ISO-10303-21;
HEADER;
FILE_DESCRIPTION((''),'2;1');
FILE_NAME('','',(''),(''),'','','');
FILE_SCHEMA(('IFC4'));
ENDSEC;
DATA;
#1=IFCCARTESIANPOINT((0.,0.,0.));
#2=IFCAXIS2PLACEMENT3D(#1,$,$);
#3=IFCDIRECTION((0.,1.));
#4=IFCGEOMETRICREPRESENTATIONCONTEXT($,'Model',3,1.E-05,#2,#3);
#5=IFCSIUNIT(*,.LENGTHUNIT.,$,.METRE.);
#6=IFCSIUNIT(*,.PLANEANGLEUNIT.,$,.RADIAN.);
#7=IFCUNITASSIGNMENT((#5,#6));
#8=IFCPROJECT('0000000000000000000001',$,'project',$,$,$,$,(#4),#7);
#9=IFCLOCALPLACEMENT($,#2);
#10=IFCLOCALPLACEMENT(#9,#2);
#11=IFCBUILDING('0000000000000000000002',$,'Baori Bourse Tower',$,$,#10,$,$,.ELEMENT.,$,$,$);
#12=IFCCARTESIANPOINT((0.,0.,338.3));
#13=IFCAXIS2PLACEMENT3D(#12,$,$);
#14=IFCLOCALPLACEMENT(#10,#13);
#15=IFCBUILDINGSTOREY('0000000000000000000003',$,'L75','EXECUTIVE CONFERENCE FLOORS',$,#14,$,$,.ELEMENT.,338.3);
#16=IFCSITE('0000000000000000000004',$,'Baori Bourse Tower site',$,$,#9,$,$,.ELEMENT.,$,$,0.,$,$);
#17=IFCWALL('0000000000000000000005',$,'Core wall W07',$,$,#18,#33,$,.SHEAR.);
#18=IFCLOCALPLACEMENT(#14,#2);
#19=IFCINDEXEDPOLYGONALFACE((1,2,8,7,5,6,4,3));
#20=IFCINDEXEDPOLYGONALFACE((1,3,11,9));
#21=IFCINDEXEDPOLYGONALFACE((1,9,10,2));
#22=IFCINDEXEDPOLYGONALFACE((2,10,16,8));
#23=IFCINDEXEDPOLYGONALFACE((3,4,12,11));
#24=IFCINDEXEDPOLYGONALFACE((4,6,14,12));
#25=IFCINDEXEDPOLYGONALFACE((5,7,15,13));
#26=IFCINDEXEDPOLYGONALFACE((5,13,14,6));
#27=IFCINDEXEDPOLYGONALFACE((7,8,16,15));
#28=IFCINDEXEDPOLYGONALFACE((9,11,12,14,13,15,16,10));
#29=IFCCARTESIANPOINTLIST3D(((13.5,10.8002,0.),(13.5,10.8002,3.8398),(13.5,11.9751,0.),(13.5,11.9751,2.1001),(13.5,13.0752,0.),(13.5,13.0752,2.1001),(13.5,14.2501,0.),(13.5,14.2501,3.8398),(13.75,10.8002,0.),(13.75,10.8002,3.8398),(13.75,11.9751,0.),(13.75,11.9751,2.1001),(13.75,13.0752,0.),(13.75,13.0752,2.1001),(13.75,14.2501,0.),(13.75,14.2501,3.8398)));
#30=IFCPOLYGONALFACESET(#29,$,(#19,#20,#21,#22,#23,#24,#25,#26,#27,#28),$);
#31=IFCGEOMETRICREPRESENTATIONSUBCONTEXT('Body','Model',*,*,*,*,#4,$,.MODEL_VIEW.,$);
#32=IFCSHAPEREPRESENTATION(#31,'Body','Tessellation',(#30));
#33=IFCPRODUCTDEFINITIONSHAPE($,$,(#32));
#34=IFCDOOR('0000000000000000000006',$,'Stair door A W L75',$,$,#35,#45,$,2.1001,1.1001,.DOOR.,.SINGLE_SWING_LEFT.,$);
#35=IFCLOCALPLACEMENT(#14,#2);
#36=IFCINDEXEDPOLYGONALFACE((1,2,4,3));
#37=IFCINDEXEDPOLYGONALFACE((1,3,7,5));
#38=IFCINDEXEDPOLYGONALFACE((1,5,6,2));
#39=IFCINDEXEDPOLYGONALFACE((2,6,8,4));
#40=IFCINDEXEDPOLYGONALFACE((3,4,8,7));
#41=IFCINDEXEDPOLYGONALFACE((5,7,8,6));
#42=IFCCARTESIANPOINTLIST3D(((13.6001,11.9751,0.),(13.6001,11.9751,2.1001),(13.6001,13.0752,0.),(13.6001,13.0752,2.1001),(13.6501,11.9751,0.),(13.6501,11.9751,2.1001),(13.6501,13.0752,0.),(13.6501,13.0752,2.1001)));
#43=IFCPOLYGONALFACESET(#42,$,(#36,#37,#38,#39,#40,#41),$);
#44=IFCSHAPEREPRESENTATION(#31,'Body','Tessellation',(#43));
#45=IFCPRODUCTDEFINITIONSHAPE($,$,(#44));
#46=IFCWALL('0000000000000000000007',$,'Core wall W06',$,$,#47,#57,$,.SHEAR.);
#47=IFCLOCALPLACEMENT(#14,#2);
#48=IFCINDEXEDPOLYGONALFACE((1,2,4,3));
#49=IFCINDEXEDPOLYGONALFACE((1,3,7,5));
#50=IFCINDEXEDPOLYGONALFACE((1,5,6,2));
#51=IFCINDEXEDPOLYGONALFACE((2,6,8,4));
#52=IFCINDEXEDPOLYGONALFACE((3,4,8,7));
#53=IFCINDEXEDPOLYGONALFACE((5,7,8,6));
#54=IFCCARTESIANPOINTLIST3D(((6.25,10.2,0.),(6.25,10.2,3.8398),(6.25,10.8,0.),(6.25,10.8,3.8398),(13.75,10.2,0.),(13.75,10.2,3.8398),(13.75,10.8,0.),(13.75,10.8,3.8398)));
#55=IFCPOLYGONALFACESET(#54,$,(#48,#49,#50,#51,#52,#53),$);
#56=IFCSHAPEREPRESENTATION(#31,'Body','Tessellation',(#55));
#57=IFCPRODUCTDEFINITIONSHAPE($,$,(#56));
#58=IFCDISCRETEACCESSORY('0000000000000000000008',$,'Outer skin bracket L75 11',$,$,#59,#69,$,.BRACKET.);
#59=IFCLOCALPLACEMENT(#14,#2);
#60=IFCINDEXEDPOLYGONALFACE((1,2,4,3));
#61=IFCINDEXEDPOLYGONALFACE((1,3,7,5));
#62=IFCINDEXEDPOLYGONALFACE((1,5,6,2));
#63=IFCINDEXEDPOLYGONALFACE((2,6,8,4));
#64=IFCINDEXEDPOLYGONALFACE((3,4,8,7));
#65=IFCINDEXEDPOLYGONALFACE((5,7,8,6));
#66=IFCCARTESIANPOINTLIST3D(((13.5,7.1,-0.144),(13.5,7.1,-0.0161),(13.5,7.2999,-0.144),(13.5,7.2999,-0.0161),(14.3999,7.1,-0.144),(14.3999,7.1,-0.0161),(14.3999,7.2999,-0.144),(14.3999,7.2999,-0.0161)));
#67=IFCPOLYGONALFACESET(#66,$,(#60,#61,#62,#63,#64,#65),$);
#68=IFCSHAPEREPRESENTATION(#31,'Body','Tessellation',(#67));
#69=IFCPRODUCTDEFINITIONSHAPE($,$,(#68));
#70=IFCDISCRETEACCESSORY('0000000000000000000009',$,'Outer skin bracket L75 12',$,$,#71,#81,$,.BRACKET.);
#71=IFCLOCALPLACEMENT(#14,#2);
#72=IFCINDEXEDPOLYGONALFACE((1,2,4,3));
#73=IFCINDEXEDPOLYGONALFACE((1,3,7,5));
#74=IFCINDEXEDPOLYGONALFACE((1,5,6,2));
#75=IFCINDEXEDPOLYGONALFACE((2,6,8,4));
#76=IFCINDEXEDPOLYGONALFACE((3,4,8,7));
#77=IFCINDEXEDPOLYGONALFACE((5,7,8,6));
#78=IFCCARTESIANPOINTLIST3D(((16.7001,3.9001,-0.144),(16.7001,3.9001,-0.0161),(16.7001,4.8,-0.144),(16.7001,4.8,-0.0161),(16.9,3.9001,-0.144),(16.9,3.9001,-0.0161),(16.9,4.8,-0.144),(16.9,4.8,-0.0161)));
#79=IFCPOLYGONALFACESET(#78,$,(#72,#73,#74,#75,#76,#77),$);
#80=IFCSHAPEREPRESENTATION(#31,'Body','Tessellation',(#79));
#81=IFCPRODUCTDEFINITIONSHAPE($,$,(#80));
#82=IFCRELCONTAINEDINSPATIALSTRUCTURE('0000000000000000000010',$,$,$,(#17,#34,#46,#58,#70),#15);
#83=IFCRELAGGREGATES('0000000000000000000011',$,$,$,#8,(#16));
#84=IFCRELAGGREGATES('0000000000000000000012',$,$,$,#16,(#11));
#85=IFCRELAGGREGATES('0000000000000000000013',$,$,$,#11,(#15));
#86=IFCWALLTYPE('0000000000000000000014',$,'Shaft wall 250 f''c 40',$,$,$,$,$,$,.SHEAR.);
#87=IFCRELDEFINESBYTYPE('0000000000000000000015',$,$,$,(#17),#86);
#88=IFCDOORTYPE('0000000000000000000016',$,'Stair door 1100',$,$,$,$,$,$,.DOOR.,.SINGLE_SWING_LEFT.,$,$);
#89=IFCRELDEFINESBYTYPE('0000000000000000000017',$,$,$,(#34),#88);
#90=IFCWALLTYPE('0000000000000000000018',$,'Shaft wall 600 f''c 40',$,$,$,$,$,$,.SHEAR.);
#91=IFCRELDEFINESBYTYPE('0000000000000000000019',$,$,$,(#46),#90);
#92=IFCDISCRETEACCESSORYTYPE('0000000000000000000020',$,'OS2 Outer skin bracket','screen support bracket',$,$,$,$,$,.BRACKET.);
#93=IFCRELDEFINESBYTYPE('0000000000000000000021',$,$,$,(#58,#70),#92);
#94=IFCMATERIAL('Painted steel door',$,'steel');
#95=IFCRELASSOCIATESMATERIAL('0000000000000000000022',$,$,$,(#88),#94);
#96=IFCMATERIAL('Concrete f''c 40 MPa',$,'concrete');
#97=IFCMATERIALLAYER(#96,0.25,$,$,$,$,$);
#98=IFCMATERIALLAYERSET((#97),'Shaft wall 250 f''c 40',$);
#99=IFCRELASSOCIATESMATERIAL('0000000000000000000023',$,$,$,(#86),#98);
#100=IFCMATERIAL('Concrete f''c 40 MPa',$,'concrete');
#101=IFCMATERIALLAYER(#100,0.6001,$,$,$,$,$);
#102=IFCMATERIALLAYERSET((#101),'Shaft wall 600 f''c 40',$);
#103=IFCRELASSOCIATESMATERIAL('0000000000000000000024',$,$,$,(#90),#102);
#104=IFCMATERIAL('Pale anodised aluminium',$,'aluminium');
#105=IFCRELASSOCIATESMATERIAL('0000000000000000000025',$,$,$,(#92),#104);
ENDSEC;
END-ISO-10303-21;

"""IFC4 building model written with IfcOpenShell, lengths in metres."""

from ifc_helpers import new_model, si_unit, direction, frame, frame_2d, origin, origin_2d, place, context, subcontext, project, spatial, rectangle, extrude, material, layer, layer_set, type_object, element, fill, save


model = new_model("IFC4")

# Units and contexts
model_context = context("Model", 3, precision=1e-05, world=origin(), true_north=direction((0.0, 1.0)))
body_context = subcontext(model_context, "Body", "Model", "MODEL_VIEW")
ifc_project = project(units=[si_unit("LENGTHUNIT", "METRE"), si_unit("PLANEANGLEUNIT", "RADIAN")], contexts=[model_context])

# Site, building, storey
site_placement = place(None, origin())
site = spatial("IfcSite", under=ifc_project, at=site_placement, Name="Baori Bourse Tower site", CompositionType="ELEMENT", RefElevation=0.0)
building_placement = place(site_placement, origin())
building = spatial("IfcBuilding", under=site, at=building_placement, Name="Baori Bourse Tower", CompositionType="ELEMENT")
storey_placement = place(building_placement, frame((0.0, 0.0, 338.3)))
storey = spatial("IfcBuildingStorey", under=building, at=storey_placement, Name="L75", Description="EXECUTIVE CONFERENCE FLOORS", CompositionType="ELEMENT", Elevation=338.3)

# Wall, opening, door
ifc_material_1 = material(Name="Painted steel door", Category="steel")
door_type_1 = type_object("IfcDoorType", Name="Stair door 1100", OperationType="SINGLE_SWING_LEFT", PredefinedType="DOOR", material=ifc_material_1)
ifc_material_2 = material(Name="Concrete f'c 40 MPa", Category="concrete")
ifc_layer_1 = layer(ifc_material_2, 0.25)
ifc_layer_set_1 = layer_set([ifc_layer_1], Name="Shaft wall 250 f'c 40")
wall_type_1 = type_object("IfcWallType", Name="Shaft wall 250 f'c 40", PredefinedType="SHEAR", material=ifc_layer_set_1)
wall_1_placement = place(storey_placement, frame((13.625, 10.8, 0.0), z_axis=(0.0, 0.0, 1.0), x_axis=(0.0, 1.0, 0.0)))
wall_1 = element("IfcWall", 1, at=wall_1_placement, inside=storey, type_object=wall_type_1, Name="Core wall W07", PredefinedType="SHEAR", context=body_context, shape_type="SweptSolid", body=[
    extrude(rectangle(XDim=3.45, YDim=0.25, at=frame_2d((1.7251, 0.0))), origin(), (0.0, 0.0, 1.0), 3.8398),
])
opening_1_placement = place(wall_1_placement, frame((1.175, 0.0, 0.0)))
opening_1 = element("IfcOpeningElement", 2, at=opening_1_placement, cuts=wall_1, PredefinedType="OPENING", context=body_context, shape_type="SweptSolid", body=[
    extrude(rectangle(XDim=1.1001, YDim=2.1001, at=frame_2d((0.55, 1.05))), frame((0.0, 0.135, 0.0), z_axis=(0.0, -1.0, 0.0), x_axis=(1.0, 0.0, 0.0)), (0.0, 0.0, 1.0), 0.27),
])
door_1_placement = place(opening_1_placement, origin())
door_1 = element("IfcDoor", 3, at=door_1_placement, inside=storey, type_object=door_type_1, Name="Stair door A W L75", OperationType="SINGLE_SWING_LEFT", OverallHeight=2.1001, OverallWidth=1.1001, PredefinedType="DOOR", context=body_context, shape_type="SweptSolid", body=[
    extrude(rectangle(XDim=1.1001, YDim=2.1001, at=frame_2d((0.55, 1.05))), frame((0.0, 0.0249, 0.0), z_axis=(0.0, -1.0, 0.0), x_axis=(1.0, 0.0, 0.0)), (0.0, 0.0, 1.0), 0.05),
])
fill(opening_1, door_1)

# Wall
ifc_material_3 = material(Name="Concrete f'c 40 MPa", Category="concrete")
ifc_layer_2 = layer(ifc_material_3, 0.6001)
ifc_layer_set_2 = layer_set([ifc_layer_2], Name="Shaft wall 600 f'c 40")
wall_type_2 = type_object("IfcWallType", Name="Shaft wall 600 f'c 40", PredefinedType="SHEAR", material=ifc_layer_set_2)
wall_2_placement = place(storey_placement, frame((6.25, 10.5, 0.0), z_axis=(0.0, 0.0, 1.0), x_axis=(1.0, 0.0, 0.0)))
element("IfcWall", 4, at=wall_2_placement, inside=storey, type_object=wall_type_2, Name="Core wall W06", PredefinedType="SHEAR", context=body_context, shape_type="SweptSolid", body=[
    extrude(rectangle(XDim=7.5, YDim=0.6001, at=frame_2d((3.75, 0.0))), origin(), (0.0, 0.0, 1.0), 3.8398),
])

# Discrete accessories
ifc_material_4 = material(Name="Pale anodised aluminium", Category="aluminium")
discrete_accessory_type = type_object("IfcDiscreteAccessoryType", Name="OS2 Outer skin bracket", Description="screen support bracket", PredefinedType="BRACKET", material=ifc_material_4)
for number, where, z_axis, x_axis, name in (
    (5, (13.95, 7.2, -0.144), (0.0, 0.0, 1.0), (0.0, -1.0, 0.0), "Outer skin bracket L75 11"),
    (6, (16.8, 4.3501, -0.144), (0.0, 0.0, 1.0), (1.0, 0.0, 0.0), "Outer skin bracket L75 12"),
):
    element("IfcDiscreteAccessory", number, at=place(storey_placement, frame(where, z_axis=z_axis, x_axis=x_axis)), inside=storey, type_object=discrete_accessory_type, Name=name, PredefinedType="BRACKET", context=body_context, shape_type="SweptSolid", body=[
        extrude(rectangle(XDim=0.2, YDim=0.8999, at=origin_2d()), origin(), (0.0, 0.0, 1.0), 0.1279),
    ])

save(model, "model.ifc")
